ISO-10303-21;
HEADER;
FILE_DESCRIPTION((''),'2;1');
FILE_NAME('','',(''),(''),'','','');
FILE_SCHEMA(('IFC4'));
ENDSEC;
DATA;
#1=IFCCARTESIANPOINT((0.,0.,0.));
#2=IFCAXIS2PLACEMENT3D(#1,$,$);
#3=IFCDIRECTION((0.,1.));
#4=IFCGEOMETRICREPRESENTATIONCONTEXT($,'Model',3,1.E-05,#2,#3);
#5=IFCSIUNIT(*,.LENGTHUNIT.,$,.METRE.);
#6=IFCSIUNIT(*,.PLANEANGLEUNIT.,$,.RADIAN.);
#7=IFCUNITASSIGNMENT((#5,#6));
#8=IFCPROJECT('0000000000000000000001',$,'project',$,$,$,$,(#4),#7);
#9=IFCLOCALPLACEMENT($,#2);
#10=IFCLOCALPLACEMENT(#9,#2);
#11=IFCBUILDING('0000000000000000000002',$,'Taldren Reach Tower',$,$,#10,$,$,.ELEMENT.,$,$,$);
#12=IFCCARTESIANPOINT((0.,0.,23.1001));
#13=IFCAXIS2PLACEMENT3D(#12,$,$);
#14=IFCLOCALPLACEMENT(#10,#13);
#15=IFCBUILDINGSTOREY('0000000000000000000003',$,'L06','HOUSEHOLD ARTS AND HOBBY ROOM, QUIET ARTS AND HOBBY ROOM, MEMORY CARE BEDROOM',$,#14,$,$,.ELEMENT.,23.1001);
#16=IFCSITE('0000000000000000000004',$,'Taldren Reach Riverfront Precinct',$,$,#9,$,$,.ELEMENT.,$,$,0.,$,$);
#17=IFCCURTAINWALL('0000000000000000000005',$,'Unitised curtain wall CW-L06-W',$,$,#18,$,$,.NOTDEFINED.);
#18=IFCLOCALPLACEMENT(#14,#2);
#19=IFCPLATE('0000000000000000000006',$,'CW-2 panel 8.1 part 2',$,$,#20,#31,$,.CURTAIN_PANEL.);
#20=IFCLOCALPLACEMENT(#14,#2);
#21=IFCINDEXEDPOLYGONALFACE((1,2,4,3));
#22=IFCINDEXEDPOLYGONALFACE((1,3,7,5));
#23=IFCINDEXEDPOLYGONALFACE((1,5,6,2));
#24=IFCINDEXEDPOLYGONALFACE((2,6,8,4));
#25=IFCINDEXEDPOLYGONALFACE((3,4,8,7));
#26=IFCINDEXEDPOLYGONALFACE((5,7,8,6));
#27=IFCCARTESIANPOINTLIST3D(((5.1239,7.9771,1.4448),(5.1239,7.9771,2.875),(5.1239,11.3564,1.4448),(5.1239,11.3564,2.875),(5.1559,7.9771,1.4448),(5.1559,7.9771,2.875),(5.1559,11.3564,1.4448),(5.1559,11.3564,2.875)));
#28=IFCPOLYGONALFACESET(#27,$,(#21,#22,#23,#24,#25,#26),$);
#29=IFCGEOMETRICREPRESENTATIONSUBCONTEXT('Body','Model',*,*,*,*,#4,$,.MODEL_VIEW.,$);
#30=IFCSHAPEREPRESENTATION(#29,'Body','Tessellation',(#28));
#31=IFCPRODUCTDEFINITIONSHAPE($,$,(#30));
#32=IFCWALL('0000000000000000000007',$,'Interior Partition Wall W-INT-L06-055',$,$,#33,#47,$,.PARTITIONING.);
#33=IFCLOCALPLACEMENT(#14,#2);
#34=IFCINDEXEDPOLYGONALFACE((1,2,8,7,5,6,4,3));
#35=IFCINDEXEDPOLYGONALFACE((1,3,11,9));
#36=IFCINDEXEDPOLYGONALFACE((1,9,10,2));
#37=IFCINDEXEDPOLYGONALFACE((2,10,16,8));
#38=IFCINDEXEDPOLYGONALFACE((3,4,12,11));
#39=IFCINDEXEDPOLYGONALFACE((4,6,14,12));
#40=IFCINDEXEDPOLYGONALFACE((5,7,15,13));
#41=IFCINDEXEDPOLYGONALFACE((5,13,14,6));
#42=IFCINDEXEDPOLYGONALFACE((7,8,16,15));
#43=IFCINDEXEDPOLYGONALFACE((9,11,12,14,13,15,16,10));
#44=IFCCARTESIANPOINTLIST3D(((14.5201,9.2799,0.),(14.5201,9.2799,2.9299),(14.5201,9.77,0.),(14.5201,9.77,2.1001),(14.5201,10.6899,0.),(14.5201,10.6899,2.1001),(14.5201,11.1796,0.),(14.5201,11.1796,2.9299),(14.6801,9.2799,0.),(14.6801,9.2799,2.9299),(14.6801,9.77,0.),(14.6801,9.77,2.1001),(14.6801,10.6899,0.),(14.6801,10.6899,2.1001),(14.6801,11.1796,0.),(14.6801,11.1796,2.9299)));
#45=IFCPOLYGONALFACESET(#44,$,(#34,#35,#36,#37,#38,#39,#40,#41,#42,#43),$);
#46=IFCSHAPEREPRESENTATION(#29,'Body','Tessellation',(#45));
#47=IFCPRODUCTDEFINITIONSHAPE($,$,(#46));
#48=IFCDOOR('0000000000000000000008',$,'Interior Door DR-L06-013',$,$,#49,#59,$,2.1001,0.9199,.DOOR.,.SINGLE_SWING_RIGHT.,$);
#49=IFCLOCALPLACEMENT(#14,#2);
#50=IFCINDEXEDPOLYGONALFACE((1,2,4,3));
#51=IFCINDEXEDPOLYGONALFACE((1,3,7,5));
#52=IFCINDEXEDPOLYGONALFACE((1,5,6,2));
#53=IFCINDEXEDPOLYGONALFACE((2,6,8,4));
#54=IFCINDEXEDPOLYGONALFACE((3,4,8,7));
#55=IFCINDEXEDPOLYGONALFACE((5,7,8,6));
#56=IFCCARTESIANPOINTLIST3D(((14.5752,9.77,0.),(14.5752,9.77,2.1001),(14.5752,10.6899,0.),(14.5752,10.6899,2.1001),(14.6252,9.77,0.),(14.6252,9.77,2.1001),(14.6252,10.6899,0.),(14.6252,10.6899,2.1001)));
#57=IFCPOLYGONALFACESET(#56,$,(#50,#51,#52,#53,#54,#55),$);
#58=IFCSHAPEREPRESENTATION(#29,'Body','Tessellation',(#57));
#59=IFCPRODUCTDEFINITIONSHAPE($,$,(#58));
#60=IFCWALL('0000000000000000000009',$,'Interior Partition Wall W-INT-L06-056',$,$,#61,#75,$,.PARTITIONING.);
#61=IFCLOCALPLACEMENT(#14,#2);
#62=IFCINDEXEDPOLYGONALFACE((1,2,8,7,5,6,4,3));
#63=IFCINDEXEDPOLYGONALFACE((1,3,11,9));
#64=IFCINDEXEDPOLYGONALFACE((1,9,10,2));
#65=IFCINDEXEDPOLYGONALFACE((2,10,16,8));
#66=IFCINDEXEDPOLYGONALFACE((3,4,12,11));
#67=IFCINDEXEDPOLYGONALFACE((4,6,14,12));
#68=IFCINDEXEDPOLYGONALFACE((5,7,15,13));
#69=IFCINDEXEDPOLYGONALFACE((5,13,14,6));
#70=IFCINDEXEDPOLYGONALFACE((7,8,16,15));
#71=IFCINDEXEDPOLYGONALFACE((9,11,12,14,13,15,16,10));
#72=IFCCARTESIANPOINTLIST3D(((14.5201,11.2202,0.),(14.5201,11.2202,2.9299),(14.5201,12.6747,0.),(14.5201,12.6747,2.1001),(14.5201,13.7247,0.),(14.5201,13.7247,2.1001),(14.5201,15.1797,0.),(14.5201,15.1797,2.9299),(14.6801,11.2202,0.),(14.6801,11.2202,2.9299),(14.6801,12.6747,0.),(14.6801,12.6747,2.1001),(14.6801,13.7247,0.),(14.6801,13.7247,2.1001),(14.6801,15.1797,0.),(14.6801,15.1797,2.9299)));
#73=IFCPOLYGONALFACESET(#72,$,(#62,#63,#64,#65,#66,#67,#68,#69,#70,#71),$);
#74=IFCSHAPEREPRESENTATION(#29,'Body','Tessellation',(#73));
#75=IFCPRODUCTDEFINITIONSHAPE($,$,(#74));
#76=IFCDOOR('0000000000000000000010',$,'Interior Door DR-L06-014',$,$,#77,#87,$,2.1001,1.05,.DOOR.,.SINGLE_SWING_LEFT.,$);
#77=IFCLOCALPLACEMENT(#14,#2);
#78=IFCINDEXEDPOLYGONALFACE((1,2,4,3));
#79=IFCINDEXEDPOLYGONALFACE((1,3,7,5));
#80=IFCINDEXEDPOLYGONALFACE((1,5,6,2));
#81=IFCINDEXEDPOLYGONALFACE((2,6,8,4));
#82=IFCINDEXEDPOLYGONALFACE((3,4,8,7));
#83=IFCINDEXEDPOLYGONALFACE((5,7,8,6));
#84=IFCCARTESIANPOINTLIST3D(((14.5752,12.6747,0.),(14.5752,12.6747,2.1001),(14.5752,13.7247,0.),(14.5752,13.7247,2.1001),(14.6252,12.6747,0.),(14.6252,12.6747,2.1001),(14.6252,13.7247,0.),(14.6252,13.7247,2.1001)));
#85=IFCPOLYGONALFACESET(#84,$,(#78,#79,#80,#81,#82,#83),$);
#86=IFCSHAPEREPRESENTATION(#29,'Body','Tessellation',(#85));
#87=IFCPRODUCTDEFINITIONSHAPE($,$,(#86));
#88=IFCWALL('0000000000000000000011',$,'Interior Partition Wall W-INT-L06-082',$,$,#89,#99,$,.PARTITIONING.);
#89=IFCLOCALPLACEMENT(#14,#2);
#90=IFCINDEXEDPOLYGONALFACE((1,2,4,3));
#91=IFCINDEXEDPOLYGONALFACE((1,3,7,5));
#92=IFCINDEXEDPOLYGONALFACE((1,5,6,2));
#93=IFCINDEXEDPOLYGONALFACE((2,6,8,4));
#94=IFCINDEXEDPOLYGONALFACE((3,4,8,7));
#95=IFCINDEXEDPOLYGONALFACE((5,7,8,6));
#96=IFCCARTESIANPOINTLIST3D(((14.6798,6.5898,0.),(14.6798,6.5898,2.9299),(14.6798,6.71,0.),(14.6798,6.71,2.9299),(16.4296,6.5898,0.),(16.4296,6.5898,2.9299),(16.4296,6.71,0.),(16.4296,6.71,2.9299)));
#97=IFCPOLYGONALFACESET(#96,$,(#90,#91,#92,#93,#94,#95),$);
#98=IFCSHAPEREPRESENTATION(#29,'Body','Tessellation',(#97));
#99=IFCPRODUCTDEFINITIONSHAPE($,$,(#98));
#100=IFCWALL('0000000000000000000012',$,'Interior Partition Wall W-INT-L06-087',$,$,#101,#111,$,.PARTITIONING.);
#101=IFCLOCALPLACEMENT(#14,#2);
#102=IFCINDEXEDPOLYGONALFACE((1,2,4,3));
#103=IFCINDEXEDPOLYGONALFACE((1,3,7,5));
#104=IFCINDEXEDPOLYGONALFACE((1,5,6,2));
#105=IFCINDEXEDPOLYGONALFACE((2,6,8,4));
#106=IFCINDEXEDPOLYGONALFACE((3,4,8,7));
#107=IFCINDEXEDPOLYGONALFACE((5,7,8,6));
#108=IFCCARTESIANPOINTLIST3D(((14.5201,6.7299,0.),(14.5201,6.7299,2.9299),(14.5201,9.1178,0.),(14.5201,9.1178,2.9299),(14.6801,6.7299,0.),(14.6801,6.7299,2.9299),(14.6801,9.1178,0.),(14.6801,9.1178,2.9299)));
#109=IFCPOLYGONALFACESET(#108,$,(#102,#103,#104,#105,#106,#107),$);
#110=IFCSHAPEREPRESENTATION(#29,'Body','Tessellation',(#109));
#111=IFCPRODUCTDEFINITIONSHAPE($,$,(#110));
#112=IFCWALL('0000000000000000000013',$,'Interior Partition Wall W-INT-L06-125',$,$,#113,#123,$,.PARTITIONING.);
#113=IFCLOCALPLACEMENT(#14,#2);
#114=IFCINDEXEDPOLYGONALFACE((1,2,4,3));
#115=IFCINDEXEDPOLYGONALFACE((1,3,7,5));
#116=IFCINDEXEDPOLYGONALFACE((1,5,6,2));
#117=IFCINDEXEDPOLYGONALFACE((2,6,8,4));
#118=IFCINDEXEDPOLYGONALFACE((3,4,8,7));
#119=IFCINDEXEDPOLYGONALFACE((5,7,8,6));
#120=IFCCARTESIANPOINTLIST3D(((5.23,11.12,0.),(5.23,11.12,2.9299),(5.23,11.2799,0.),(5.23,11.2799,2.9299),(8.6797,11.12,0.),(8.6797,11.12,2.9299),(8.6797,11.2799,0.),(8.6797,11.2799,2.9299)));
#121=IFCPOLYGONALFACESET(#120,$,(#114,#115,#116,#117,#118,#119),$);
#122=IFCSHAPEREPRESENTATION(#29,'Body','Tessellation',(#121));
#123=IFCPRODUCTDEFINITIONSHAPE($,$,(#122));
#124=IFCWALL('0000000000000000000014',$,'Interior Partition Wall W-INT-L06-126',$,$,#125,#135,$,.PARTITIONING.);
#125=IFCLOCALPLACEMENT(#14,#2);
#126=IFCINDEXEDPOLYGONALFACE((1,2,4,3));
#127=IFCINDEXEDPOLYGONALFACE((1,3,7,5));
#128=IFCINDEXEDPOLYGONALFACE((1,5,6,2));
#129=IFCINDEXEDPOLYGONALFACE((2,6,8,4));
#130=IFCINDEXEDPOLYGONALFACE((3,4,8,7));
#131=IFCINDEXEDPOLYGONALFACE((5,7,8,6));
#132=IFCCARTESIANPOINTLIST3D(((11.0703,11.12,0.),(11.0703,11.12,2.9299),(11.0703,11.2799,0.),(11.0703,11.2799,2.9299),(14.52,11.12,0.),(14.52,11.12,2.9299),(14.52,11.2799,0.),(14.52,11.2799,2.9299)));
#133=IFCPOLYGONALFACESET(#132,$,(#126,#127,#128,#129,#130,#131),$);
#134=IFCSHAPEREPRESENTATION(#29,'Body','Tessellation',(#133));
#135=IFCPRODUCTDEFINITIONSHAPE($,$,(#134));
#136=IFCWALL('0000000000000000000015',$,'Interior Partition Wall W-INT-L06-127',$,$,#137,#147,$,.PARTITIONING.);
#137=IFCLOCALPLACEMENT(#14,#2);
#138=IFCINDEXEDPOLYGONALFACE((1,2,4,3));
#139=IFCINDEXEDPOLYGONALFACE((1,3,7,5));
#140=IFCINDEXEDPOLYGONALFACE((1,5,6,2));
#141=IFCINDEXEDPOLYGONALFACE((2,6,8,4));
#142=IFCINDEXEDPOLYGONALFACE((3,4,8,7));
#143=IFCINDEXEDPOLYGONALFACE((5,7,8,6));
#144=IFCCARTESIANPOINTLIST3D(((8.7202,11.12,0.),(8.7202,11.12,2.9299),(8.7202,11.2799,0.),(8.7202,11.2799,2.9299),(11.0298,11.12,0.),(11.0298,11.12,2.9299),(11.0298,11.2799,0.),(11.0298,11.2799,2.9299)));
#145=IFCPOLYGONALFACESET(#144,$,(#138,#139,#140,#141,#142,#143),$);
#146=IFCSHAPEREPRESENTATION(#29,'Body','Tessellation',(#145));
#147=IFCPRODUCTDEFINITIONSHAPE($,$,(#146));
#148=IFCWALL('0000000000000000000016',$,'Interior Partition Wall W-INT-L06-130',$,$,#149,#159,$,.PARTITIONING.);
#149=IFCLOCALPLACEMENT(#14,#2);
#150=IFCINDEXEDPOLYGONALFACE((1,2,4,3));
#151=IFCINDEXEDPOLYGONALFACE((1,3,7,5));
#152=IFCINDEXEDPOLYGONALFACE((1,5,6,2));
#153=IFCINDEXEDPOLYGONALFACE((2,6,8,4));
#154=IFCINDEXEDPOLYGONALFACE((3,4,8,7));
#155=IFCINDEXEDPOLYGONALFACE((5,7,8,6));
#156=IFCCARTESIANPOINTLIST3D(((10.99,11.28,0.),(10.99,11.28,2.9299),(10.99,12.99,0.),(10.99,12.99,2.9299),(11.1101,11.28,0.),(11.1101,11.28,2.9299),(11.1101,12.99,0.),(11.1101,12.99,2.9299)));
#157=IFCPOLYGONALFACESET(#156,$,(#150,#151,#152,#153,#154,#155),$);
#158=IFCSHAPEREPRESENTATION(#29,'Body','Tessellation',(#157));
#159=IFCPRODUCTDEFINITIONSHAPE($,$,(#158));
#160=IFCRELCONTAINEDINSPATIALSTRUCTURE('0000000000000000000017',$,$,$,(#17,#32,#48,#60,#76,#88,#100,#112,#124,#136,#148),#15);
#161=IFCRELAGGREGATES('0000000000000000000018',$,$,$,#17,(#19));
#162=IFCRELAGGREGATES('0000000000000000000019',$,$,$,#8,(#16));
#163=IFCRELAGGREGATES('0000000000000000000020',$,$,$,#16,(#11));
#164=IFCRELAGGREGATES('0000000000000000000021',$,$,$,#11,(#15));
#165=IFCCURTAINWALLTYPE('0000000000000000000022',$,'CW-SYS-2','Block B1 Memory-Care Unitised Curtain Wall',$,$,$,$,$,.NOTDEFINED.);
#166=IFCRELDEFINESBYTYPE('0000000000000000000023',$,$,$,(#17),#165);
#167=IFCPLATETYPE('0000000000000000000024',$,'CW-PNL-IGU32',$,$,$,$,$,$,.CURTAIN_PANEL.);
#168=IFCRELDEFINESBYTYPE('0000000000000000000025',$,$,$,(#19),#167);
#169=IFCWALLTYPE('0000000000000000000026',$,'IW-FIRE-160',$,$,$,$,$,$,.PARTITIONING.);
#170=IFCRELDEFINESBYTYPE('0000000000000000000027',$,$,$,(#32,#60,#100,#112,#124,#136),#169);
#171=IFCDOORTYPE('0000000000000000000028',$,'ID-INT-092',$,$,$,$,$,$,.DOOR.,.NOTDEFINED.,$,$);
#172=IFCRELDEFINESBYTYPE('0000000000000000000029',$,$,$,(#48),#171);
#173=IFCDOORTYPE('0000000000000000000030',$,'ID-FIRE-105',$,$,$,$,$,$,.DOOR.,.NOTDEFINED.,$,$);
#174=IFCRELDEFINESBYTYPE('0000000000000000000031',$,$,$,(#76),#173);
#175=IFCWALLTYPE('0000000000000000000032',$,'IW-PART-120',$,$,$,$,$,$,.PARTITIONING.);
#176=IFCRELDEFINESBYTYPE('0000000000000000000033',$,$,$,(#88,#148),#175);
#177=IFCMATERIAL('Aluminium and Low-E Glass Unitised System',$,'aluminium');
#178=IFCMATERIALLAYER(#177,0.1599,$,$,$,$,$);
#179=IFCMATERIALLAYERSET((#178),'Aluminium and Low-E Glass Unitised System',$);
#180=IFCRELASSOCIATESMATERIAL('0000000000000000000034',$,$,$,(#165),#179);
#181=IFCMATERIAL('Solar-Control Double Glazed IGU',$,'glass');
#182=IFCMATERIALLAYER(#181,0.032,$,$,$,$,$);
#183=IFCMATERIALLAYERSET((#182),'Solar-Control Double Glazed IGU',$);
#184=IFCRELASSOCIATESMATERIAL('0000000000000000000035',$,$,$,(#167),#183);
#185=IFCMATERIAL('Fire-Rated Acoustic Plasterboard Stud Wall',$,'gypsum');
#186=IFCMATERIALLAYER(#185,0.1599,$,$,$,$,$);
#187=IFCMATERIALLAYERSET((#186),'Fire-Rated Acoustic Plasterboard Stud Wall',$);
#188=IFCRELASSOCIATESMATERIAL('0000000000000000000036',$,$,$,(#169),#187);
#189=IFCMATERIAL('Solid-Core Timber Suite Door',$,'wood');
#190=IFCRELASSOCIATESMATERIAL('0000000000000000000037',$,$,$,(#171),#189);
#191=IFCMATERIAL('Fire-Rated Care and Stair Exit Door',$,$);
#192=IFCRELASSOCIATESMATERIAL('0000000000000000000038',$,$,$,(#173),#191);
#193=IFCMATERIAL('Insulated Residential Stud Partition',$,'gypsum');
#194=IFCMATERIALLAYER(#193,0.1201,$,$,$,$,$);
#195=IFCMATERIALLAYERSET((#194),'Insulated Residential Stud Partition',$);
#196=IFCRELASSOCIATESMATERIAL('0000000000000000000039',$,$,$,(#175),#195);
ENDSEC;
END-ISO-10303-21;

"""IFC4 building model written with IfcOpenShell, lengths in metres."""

from ifc_helpers import new_model, si_unit, direction, frame, frame_2d, origin, origin_2d, place, context, subcontext, project, spatial, rectangle, extrude, source, transform, mapped, material, layer, layer_set, type_object, element, fill, aggregate, save


model = new_model("IFC4")

# Units and contexts
model_context = context("Model", 3, precision=1e-05, world=origin(), true_north=direction((0.0, 1.0)))
body_context = subcontext(model_context, "Body", "Model", "MODEL_VIEW")
ifc_project = project(units=[si_unit("LENGTHUNIT", "METRE"), si_unit("PLANEANGLEUNIT", "RADIAN")], contexts=[model_context])

# Site, building, storey
site_placement = place(None, origin())
site = spatial("IfcSite", under=ifc_project, at=site_placement, Name="Taldren Reach Riverfront Precinct", CompositionType="ELEMENT", RefElevation=0.0)
building_placement = place(site_placement, origin())
building = spatial("IfcBuilding", under=site, at=building_placement, Name="Taldren Reach Tower", CompositionType="ELEMENT")
storey_placement = place(building_placement, frame((0.0, 0.0, 23.1001)))
storey = spatial("IfcBuildingStorey", under=building, at=storey_placement, Name="L06", Description="HOUSEHOLD ARTS AND HOBBY ROOM, QUIET ARTS AND HOBBY ROOM, MEMORY CARE BEDROOM", CompositionType="ELEMENT", Elevation=23.1001)

# Curtain wall, plate
ifc_material_1 = material(Name="Aluminium and Low-E Glass Unitised System", Category="aluminium")
ifc_layer_1 = layer(ifc_material_1, 0.1599)
ifc_layer_set_1 = layer_set([ifc_layer_1], Name="Aluminium and Low-E Glass Unitised System")
curtain_wall_type = type_object("IfcCurtainWallType", Name="CW-SYS-2", Description="Block B1 Memory-Care Unitised Curtain Wall", PredefinedType="NOTDEFINED", material=ifc_layer_set_1)
curtain_wall_placement = place(storey_placement, origin())
curtain_wall = element("IfcCurtainWall", 1, at=curtain_wall_placement, inside=storey, type_object=curtain_wall_type, Name="Unitised curtain wall CW-L06-W", PredefinedType="NOTDEFINED")
ifc_material_2 = material(Name="Solar-Control Double Glazed IGU", Category="glass")
ifc_layer_2 = layer(ifc_material_2, 0.032)
ifc_layer_set_2 = layer_set([ifc_layer_2], Name="Solar-Control Double Glazed IGU")
plate_type = type_object("IfcPlateType", Name="CW-PNL-IGU32", PredefinedType="CURTAIN_PANEL", material=ifc_layer_set_2)
shared_shape_1 = source(origin(), body_context, "Body", "SweptSolid", [
    extrude(rectangle(XDim=3.3794, YDim=0.032, at=origin_2d()), origin(), (0.0, 0.0, 1.0), 1.4302),
])
plate_1_placement = place(storey_placement, frame((5.1399, 9.6667, 1.4448), z_axis=(0.0, 0.0, 1.0), x_axis=(0.0, -1.0, 0.0)))
plate_1 = element("IfcPlate", 2, at=plate_1_placement, type_object=plate_type, Name="CW-2 panel 8.1 part 2", PredefinedType="CURTAIN_PANEL", context=body_context, shape_type="MappedRepresentation", body=[
    mapped(shared_shape_1, transform((0.0, 0.0, 0.0), scale=1.0)),
])
aggregate(curtain_wall, [plate_1])

# Walls, openings, doors
ifc_material_3 = material(Name="Fire-Rated Acoustic Plasterboard Stud Wall", Category="gypsum")
ifc_layer_3 = layer(ifc_material_3, 0.1599)
ifc_layer_set_3 = layer_set([ifc_layer_3], Name="Fire-Rated Acoustic Plasterboard Stud Wall")
wall_type_1 = type_object("IfcWallType", Name="IW-FIRE-160", PredefinedType="PARTITIONING", material=ifc_layer_set_3)
shared_shape_2 = source(origin(), body_context, "Body", "SweptSolid", [
    extrude(rectangle(XDim=1.8997, YDim=0.1599, at=frame_2d((0.9497, 0.0))), origin(), (0.0, 0.0, 1.0), 2.9299),
])
wall_1_placement = place(storey_placement, frame((14.6001, 9.28, 0.0), z_axis=(0.0, 0.0, 1.0), x_axis=(0.0, 1.0, 0.0)))
wall_1 = element("IfcWall", 3, at=wall_1_placement, inside=storey, type_object=wall_type_1, Name="Interior Partition Wall W-INT-L06-055", PredefinedType="PARTITIONING", context=body_context, shape_type="MappedRepresentation", body=[
    mapped(shared_shape_2, transform((0.0, 0.0, 0.0), scale=1.0)),
])
shared_shape_3 = source(origin(), body_context, "Body", "SweptSolid", [
    extrude(rectangle(XDim=0.9199, YDim=2.1001, at=frame_2d((0.46, 1.05))), frame((0.0, 0.0898, 0.0), z_axis=(0.0, -1.0, 0.0), x_axis=(1.0, 0.0, 0.0)), (0.0, 0.0, 1.0), 0.1799),
])
opening_1_placement = place(wall_1_placement, frame((0.49, 0.0, 0.0)))
opening_1 = element("IfcOpeningElement", 4, at=opening_1_placement, cuts=wall_1, PredefinedType="OPENING", context=body_context, shape_type="MappedRepresentation", body=[
    mapped(shared_shape_3, transform((0.0, 0.0, 0.0), scale=1.0)),
])
ifc_material_4 = material(Name="Solid-Core Timber Suite Door", Category="wood")
door_type_1 = type_object("IfcDoorType", Name="ID-INT-092", OperationType="NOTDEFINED", PredefinedType="DOOR", material=ifc_material_4)
shared_shape_4 = source(origin(), body_context, "Body", "SweptSolid", [
    extrude(rectangle(XDim=0.9199, YDim=2.1001, at=frame_2d((0.46, 1.05))), frame((0.0, 0.0249, 0.0), z_axis=(0.0, -1.0, 0.0), x_axis=(1.0, 0.0, 0.0)), (0.0, 0.0, 1.0), 0.05),
])
door_1_placement = place(opening_1_placement, origin())
door_1 = element("IfcDoor", 5, at=door_1_placement, inside=storey, type_object=door_type_1, Name="Interior Door DR-L06-013", OperationType="SINGLE_SWING_RIGHT", OverallHeight=2.1001, OverallWidth=0.9199, PredefinedType="DOOR", context=body_context, shape_type="MappedRepresentation", body=[
    mapped(shared_shape_4, transform((0.0, 0.0, 0.0), scale=1.0)),
])
fill(opening_1, door_1)
shared_shape_5 = source(origin(), body_context, "Body", "SweptSolid", [
    extrude(rectangle(XDim=3.9595, YDim=0.1599, at=frame_2d((1.9797, 0.0))), origin(), (0.0, 0.0, 1.0), 2.9299),
])
wall_2_placement = place(storey_placement, frame((14.6001, 11.2202, 0.0), z_axis=(0.0, 0.0, 1.0), x_axis=(0.0, 1.0, 0.0)))
wall_2 = element("IfcWall", 6, at=wall_2_placement, inside=storey, type_object=wall_type_1, Name="Interior Partition Wall W-INT-L06-056", PredefinedType="PARTITIONING", context=body_context, shape_type="MappedRepresentation", body=[
    mapped(shared_shape_5, transform((0.0, 0.0, 0.0), scale=1.0)),
])
shared_shape_6 = source(origin(), body_context, "Body", "SweptSolid", [
    extrude(rectangle(XDim=1.05, YDim=2.1001, at=frame_2d((0.5249, 1.05))), frame((0.0, 0.0898, 0.0), z_axis=(0.0, -1.0, 0.0), x_axis=(1.0, 0.0, 0.0)), (0.0, 0.0, 1.0), 0.1799),
])
opening_2_placement = place(wall_2_placement, frame((1.4546, 0.0, 0.0)))
opening_2 = element("IfcOpeningElement", 7, at=opening_2_placement, cuts=wall_2, PredefinedType="OPENING", context=body_context, shape_type="MappedRepresentation", body=[
    mapped(shared_shape_6, transform((0.0, 0.0, 0.0), scale=1.0)),
])
ifc_material_5 = material(Name="Fire-Rated Care and Stair Exit Door")
door_type_2 = type_object("IfcDoorType", Name="ID-FIRE-105", OperationType="NOTDEFINED", PredefinedType="DOOR", material=ifc_material_5)
shared_shape_7 = source(origin(), body_context, "Body", "SweptSolid", [
    extrude(rectangle(XDim=1.05, YDim=2.1001, at=frame_2d((0.5249, 1.05))), frame((0.0, 0.0249, 0.0), z_axis=(0.0, -1.0, 0.0), x_axis=(1.0, 0.0, 0.0)), (0.0, 0.0, 1.0), 0.05),
])
door_2_placement = place(opening_2_placement, origin())
door_2 = element("IfcDoor", 8, at=door_2_placement, inside=storey, type_object=door_type_2, Name="Interior Door DR-L06-014", OperationType="SINGLE_SWING_LEFT", OverallHeight=2.1001, OverallWidth=1.05, PredefinedType="DOOR", context=body_context, shape_type="MappedRepresentation", body=[
    mapped(shared_shape_7, transform((0.0, 0.0, 0.0), scale=1.0)),
])
fill(opening_2, door_2)

# Walls
ifc_material_6 = material(Name="Insulated Residential Stud Partition", Category="gypsum")
ifc_layer_4 = layer(ifc_material_6, 0.1201)
ifc_layer_set_4 = layer_set([ifc_layer_4], Name="Insulated Residential Stud Partition")
wall_type_2 = type_object("IfcWallType", Name="IW-PART-120", PredefinedType="PARTITIONING", material=ifc_layer_set_4)
shared_shape_8 = source(origin(), body_context, "Body", "SweptSolid", [
    extrude(rectangle(XDim=1.7498, YDim=0.1201, at=frame_2d((0.875, 0.0))), origin(), (0.0, 0.0, 1.0), 2.9299),
])
wall_3_placement = place(storey_placement, frame((16.4297, 6.6499, 0.0), z_axis=(0.0, 0.0, 1.0), x_axis=(-1.0, 0.0, 0.0)))
element("IfcWall", 9, at=wall_3_placement, inside=storey, type_object=wall_type_2, Name="Interior Partition Wall W-INT-L06-082", PredefinedType="PARTITIONING", context=body_context, shape_type="MappedRepresentation", body=[
    mapped(shared_shape_8, transform((0.0, 0.0, 0.0), scale=1.0)),
])
shared_shape_9 = source(origin(), body_context, "Body", "SweptSolid", [
    extrude(rectangle(XDim=2.3879, YDim=0.1599, at=frame_2d((1.1938, 0.0))), origin(), (0.0, 0.0, 1.0), 2.9299),
])
wall_4_placement = place(storey_placement, frame((14.6001, 6.73, 0.0), z_axis=(0.0, 0.0, 1.0), x_axis=(0.0, 1.0, 0.0)))
element("IfcWall", 10, at=wall_4_placement, inside=storey, type_object=wall_type_1, Name="Interior Partition Wall W-INT-L06-087", PredefinedType="PARTITIONING", context=body_context, shape_type="MappedRepresentation", body=[
    mapped(shared_shape_9, transform((0.0, 0.0, 0.0), scale=1.0)),
])
shared_shape_10 = source(origin(), body_context, "Body", "SweptSolid", [
    extrude(rectangle(XDim=3.4497, YDim=0.1599, at=frame_2d((1.7249, 0.0))), origin(), (0.0, 0.0, 1.0), 2.9299),
])
for number, where, z_axis, x_axis, name in (
    (11, (5.23, 11.2, 0.0), (0.0, 0.0, 1.0), (1.0, 0.0, 0.0), "Interior Partition Wall W-INT-L06-125"),
    (12, (11.0703, 11.2, 0.0), (0.0, 0.0, 1.0), (1.0, 0.0, 0.0), "Interior Partition Wall W-INT-L06-126"),
):
    element("IfcWall", number, at=place(storey_placement, frame(where, z_axis=z_axis, x_axis=x_axis)), inside=storey, type_object=wall_type_1, Name=name, PredefinedType="PARTITIONING", context=body_context, shape_type="MappedRepresentation", body=[
        mapped(shared_shape_10, transform((0.0, 0.0, 0.0), scale=1.0)),
    ])
shared_shape_11 = source(origin(), body_context, "Body", "SweptSolid", [
    extrude(rectangle(XDim=2.3096, YDim=0.1599, at=frame_2d((1.1548, 0.0))), origin(), (0.0, 0.0, 1.0), 2.9299),
])
wall_5_placement = place(storey_placement, frame((8.7202, 11.2, 0.0), z_axis=(0.0, 0.0, 1.0), x_axis=(1.0, 0.0, 0.0)))
element("IfcWall", 13, at=wall_5_placement, inside=storey, type_object=wall_type_1, Name="Interior Partition Wall W-INT-L06-127", PredefinedType="PARTITIONING", context=body_context, shape_type="MappedRepresentation", body=[
    mapped(shared_shape_11, transform((0.0, 0.0, 0.0), scale=1.0)),
])
shared_shape_12 = source(origin(), body_context, "Body", "SweptSolid", [
    extrude(rectangle(XDim=1.71, YDim=0.1201, at=frame_2d((0.855, 0.0))), origin(), (0.0, 0.0, 1.0), 2.9299),
])
wall_6_placement = place(storey_placement, frame((11.05, 11.28, 0.0), z_axis=(0.0, 0.0, 1.0), x_axis=(0.0, 1.0, 0.0)))
element("IfcWall", 14, at=wall_6_placement, inside=storey, type_object=wall_type_2, Name="Interior Partition Wall W-INT-L06-130", PredefinedType="PARTITIONING", context=body_context, shape_type="MappedRepresentation", body=[
    mapped(shared_shape_12, transform((0.0, 0.0, 0.0), scale=1.0)),
])

save(model, "model.ifc")
